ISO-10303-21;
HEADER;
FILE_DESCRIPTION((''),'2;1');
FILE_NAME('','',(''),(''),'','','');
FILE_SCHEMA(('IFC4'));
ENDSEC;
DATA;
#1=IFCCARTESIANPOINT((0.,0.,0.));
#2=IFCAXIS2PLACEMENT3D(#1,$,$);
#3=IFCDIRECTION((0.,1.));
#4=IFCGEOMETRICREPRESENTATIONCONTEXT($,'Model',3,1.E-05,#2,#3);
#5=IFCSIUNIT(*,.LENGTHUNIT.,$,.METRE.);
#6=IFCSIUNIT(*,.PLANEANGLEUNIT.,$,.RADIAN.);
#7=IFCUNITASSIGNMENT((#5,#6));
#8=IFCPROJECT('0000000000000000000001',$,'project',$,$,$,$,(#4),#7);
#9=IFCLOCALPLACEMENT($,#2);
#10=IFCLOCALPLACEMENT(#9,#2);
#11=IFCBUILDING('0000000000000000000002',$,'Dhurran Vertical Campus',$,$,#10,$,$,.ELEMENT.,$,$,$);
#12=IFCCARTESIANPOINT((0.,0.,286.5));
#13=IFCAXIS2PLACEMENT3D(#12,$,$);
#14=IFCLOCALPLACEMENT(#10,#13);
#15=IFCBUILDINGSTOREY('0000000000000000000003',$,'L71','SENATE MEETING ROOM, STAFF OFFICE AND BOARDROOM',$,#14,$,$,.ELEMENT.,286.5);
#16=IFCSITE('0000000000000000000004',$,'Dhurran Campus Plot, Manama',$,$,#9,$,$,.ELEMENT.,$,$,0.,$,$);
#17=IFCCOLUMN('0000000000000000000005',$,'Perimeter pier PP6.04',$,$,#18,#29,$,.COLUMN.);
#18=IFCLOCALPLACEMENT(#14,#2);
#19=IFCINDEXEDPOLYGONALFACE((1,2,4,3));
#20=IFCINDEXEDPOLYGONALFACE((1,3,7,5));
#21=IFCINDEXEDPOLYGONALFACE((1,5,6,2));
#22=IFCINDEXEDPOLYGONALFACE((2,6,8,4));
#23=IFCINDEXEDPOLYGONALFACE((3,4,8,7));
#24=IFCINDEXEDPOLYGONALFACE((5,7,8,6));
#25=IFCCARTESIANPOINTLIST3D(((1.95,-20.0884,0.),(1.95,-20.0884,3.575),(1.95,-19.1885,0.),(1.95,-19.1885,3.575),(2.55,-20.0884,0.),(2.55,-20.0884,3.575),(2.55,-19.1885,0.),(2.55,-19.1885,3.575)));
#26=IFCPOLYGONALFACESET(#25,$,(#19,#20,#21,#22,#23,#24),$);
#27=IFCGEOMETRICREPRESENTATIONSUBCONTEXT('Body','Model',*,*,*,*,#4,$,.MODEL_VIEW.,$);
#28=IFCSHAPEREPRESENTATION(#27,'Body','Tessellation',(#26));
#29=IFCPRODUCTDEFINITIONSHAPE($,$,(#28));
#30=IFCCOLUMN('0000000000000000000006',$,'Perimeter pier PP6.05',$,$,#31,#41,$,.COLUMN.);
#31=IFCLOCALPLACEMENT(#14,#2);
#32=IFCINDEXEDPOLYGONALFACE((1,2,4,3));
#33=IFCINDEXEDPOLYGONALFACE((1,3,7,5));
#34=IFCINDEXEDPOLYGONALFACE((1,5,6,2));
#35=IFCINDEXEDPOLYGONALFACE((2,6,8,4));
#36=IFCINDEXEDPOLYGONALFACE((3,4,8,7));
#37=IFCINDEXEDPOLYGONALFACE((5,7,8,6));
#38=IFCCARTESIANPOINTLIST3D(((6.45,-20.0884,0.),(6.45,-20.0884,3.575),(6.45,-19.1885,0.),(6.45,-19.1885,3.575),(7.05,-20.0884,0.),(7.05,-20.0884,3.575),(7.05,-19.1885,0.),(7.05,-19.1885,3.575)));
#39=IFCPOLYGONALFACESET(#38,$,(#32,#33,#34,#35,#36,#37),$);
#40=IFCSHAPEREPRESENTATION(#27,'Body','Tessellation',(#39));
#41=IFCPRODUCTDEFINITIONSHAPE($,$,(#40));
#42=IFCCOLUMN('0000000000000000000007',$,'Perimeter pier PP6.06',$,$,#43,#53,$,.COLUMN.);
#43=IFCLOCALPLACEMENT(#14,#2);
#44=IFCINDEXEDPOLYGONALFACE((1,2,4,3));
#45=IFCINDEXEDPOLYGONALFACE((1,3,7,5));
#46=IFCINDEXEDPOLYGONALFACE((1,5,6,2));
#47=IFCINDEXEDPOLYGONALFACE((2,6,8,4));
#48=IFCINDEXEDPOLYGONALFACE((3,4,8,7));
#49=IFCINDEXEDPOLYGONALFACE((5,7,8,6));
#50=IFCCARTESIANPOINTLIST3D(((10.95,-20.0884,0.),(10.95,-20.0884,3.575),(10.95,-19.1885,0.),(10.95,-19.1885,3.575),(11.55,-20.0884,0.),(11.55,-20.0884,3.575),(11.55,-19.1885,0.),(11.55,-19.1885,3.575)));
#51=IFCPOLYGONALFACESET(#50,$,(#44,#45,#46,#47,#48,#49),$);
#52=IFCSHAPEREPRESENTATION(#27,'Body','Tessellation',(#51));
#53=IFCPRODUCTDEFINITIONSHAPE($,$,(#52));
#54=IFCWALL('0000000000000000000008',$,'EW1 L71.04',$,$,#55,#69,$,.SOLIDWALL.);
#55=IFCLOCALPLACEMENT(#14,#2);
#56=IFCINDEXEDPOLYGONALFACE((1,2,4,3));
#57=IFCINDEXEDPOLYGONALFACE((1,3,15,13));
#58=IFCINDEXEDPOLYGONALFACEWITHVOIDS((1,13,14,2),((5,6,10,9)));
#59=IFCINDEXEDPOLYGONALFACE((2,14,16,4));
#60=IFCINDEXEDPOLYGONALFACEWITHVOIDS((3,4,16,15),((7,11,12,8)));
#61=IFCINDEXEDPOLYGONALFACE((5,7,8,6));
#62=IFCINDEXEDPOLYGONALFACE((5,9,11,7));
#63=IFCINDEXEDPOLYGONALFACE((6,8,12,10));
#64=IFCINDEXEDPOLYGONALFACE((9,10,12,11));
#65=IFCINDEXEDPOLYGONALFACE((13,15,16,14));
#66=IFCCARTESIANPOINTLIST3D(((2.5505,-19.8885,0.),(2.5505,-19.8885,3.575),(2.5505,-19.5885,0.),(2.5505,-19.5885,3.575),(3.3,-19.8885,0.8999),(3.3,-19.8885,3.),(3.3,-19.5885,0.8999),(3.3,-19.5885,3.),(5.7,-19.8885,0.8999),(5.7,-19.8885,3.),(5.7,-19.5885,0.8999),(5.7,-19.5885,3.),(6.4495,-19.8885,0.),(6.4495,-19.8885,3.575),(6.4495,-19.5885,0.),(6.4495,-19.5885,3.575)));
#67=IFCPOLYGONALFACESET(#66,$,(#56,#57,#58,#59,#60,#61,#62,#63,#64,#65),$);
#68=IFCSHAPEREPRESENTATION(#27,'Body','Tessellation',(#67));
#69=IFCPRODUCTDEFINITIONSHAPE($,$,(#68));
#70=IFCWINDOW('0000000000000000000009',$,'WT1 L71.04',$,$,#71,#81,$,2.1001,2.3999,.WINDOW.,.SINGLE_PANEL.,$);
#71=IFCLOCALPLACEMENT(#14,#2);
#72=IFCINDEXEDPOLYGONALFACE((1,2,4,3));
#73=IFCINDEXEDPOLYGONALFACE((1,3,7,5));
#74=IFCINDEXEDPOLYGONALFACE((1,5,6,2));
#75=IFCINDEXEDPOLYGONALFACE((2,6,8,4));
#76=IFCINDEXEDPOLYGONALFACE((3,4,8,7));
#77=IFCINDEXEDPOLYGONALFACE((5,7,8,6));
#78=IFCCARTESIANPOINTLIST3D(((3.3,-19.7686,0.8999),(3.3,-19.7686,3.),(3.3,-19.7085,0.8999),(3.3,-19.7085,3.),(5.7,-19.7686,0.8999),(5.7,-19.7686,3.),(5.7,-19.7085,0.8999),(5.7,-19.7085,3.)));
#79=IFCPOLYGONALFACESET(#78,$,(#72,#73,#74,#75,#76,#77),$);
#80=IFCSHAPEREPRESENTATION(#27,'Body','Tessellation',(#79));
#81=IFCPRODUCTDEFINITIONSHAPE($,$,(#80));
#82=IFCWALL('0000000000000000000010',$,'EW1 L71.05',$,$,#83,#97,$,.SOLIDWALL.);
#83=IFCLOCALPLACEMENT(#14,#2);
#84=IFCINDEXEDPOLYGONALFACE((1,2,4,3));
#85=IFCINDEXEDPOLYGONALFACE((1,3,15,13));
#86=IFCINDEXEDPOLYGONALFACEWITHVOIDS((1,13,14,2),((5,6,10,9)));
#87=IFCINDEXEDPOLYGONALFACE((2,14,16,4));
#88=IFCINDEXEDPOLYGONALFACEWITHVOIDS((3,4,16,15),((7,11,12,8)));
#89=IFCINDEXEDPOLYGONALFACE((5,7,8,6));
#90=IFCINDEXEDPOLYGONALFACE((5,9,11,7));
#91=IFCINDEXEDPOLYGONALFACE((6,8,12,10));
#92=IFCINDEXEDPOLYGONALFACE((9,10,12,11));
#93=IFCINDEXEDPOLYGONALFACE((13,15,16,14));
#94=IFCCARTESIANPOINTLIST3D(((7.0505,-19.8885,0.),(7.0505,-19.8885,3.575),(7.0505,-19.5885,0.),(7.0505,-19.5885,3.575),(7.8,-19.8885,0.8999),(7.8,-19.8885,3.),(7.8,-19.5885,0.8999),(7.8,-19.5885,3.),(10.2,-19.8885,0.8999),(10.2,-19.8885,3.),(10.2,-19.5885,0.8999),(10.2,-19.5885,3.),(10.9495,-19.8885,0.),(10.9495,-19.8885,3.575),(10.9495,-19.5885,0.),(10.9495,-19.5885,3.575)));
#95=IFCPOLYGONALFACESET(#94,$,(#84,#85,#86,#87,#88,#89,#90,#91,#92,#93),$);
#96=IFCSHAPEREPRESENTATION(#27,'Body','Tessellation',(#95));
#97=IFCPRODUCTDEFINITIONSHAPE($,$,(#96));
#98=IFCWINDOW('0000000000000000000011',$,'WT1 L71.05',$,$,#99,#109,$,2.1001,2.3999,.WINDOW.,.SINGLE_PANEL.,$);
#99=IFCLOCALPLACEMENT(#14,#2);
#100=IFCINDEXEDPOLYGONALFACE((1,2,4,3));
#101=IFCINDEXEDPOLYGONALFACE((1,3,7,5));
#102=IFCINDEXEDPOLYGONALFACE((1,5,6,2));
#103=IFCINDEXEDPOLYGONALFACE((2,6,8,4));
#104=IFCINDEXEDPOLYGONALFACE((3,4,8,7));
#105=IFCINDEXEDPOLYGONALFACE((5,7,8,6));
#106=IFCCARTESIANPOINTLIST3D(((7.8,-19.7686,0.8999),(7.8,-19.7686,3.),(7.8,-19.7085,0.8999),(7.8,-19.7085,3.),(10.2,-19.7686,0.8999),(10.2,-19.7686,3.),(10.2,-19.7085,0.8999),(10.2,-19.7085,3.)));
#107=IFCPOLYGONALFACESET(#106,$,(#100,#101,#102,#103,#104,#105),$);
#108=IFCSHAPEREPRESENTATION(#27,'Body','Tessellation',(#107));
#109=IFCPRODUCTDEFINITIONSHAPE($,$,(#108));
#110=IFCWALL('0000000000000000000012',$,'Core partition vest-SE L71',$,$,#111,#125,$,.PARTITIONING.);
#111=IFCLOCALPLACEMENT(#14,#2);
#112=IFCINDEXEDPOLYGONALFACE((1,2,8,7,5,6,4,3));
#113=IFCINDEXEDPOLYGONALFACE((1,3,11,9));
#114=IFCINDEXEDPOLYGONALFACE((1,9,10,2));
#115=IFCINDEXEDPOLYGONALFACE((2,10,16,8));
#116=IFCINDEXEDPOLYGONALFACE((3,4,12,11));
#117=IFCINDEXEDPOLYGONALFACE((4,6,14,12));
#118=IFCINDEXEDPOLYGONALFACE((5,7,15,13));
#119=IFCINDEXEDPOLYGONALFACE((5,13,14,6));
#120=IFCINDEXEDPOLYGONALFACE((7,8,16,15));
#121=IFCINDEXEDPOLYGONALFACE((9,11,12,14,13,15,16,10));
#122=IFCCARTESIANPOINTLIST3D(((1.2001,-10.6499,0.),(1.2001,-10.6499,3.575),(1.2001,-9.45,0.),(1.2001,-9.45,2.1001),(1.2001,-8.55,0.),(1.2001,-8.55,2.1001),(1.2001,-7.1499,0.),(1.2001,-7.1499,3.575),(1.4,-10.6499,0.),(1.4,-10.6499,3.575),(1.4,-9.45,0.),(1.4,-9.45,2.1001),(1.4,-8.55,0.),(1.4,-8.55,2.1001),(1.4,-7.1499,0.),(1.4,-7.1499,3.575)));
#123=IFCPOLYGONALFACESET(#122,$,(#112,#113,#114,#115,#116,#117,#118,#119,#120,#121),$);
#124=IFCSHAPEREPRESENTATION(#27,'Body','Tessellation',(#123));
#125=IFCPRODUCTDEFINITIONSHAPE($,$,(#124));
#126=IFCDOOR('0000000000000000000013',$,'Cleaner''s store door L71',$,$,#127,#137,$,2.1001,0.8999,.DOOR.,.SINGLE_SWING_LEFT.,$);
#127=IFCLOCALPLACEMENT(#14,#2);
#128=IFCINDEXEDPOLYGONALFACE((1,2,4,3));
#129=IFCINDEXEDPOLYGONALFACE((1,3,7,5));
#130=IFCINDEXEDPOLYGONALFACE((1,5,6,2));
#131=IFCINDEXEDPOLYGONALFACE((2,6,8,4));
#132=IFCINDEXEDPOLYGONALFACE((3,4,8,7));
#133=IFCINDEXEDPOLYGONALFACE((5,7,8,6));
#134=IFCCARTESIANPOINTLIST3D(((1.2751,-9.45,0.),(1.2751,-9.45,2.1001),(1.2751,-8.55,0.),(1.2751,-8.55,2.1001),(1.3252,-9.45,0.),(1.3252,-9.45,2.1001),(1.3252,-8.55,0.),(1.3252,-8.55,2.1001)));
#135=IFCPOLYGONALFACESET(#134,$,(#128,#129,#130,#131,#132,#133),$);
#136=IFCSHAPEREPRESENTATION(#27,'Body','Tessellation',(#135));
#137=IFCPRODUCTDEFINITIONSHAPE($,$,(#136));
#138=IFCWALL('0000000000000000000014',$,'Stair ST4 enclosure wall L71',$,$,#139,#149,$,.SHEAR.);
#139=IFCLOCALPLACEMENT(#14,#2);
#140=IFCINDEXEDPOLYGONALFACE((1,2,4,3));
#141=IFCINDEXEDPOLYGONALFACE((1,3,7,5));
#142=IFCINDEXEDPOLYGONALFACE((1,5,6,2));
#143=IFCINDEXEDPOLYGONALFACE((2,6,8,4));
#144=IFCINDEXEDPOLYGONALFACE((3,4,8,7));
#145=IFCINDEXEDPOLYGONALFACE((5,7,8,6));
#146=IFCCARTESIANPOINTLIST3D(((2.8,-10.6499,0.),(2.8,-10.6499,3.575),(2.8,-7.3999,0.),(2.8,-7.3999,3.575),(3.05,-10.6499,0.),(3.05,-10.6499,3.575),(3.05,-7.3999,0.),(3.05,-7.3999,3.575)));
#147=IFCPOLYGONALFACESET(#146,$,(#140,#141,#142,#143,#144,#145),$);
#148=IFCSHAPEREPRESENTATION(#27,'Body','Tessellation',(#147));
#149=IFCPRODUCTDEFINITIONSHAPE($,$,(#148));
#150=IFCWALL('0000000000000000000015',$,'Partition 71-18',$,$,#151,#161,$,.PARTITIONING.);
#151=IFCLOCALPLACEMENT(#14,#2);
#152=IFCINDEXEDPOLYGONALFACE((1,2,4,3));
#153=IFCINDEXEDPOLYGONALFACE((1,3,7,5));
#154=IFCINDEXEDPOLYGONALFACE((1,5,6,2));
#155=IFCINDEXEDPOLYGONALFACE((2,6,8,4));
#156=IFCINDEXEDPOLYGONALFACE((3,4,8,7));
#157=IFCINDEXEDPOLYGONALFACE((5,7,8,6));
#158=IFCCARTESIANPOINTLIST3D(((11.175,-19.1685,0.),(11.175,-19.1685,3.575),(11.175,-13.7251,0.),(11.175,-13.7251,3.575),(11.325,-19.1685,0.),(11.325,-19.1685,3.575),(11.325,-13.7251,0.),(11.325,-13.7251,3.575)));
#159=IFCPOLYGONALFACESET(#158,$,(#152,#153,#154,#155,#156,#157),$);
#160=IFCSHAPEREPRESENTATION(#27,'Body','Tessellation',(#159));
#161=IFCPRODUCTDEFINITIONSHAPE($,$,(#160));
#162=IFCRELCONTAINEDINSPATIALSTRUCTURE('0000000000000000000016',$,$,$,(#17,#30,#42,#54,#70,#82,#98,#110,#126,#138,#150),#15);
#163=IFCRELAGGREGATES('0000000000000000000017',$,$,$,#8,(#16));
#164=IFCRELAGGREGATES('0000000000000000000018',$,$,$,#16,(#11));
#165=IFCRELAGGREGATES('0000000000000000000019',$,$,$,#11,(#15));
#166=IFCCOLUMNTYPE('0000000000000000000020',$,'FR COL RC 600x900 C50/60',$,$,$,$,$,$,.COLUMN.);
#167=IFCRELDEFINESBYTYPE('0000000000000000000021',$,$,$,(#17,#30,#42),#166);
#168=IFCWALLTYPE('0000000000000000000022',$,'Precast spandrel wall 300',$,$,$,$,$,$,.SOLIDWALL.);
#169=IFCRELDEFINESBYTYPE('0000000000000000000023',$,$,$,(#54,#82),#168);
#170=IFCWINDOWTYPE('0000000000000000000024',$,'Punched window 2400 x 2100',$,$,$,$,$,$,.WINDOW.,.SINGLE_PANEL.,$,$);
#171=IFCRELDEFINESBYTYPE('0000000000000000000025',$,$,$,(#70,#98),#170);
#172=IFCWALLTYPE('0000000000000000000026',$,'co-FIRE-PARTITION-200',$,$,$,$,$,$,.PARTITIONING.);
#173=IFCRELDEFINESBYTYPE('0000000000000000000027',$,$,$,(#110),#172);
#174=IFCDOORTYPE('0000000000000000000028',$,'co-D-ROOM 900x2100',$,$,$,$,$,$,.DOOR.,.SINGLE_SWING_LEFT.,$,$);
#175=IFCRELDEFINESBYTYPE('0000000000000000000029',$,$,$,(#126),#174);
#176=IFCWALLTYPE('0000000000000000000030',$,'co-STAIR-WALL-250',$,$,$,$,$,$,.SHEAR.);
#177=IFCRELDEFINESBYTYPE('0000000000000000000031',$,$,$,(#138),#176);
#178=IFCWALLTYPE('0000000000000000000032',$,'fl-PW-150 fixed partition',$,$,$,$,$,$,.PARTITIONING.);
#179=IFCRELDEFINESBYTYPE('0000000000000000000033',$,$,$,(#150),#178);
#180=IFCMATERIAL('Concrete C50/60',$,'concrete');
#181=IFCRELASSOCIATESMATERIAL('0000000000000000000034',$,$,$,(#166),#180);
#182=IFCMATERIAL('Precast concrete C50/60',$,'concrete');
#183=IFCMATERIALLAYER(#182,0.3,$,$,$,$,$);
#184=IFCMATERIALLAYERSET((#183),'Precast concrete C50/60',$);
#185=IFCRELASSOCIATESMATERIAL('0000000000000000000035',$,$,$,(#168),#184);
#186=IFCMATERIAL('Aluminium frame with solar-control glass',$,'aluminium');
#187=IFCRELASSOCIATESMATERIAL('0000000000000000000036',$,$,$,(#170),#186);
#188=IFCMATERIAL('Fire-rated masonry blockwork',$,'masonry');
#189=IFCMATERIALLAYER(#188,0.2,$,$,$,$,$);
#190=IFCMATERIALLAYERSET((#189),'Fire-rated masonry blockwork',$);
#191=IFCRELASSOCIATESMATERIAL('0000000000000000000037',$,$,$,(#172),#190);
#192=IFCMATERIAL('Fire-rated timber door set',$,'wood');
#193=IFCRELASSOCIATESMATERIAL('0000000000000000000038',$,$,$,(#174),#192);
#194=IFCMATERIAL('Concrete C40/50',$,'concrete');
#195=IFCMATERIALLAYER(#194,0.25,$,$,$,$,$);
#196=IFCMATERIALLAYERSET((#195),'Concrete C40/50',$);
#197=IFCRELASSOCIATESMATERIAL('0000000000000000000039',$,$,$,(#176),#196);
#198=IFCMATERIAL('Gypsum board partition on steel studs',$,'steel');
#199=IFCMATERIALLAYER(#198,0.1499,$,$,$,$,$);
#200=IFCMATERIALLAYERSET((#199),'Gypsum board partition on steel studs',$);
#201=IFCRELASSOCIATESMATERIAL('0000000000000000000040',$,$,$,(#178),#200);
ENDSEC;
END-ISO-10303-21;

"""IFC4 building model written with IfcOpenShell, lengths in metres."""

from ifc_helpers import new_model, si_unit, direction, frame, frame_2d, origin, origin_2d, place, context, subcontext, project, spatial, rectangle, extrude, material, layer, layer_set, material_profile, profile_set, type_object, element, fill, save


model = new_model("IFC4")

# Units and contexts
model_context = context("Model", 3, precision=1e-05, world=origin(), true_north=direction((0.0, 1.0)))
body_context = subcontext(model_context, "Body", "Model", "MODEL_VIEW")
ifc_project = project(units=[si_unit("LENGTHUNIT", "METRE"), si_unit("PLANEANGLEUNIT", "RADIAN")], contexts=[model_context])

# Site, building, storey
site_placement = place(None, origin())
site = spatial("IfcSite", under=ifc_project, at=site_placement, Name="Dhurran Campus Plot, Manama", CompositionType="ELEMENT", RefElevation=0.0)
building_placement = place(site_placement, origin())
building = spatial("IfcBuilding", under=site, at=building_placement, Name="Dhurran Vertical Campus", CompositionType="ELEMENT")
storey_placement = place(building_placement, frame((0.0, 0.0, 286.5)))
storey = spatial("IfcBuildingStorey", under=building, at=storey_placement, Name="L71", Description="SENATE MEETING ROOM, STAFF OFFICE AND BOARDROOM", CompositionType="ELEMENT", Elevation=286.5)

# Columns
ifc_material_1 = material(Name="Concrete C50/60", Category="concrete")
ifc_material_profile = material_profile(ifc_material_1, rectangle(XDim=0.6001, YDim=0.8999, at=origin_2d()), Name="RC 600x900")
ifc_profile_set = profile_set([ifc_material_profile], Name="Concrete C50/60")
column_type = type_object("IfcColumnType", Name="FR COL RC 600x900 C50/60", PredefinedType="COLUMN", material=ifc_profile_set)
for number, where, z_axis, x_axis, name in (
    (1, (2.25, -19.6384, 0.0), (0.0, 0.0, 1.0), (1.0, 0.0, 0.0), "Perimeter pier PP6.04"),
    (2, (6.75, -19.6384, 0.0), (0.0, 0.0, 1.0), (1.0, 0.0, 0.0), "Perimeter pier PP6.05"),
    (3, (11.25, -19.6384, 0.0), (0.0, 0.0, 1.0), (1.0, 0.0, 0.0), "Perimeter pier PP6.06"),
):
    element("IfcColumn", number, at=place(storey_placement, frame(where, z_axis=z_axis, x_axis=x_axis)), inside=storey, type_object=column_type, Name=name, PredefinedType="COLUMN", context=body_context, shape_type="SweptSolid", body=[
        extrude(rectangle(XDim=0.6001, YDim=0.8999, at=origin_2d()), origin(), (0.0, 0.0, 1.0), 3.575),
    ])

# Walls, openings, windows
ifc_material_2 = material(Name="Precast concrete C50/60", Category="concrete")
ifc_layer_1 = layer(ifc_material_2, 0.3)
ifc_layer_set_1 = layer_set([ifc_layer_1], Name="Precast concrete C50/60")
wall_type_1 = type_object("IfcWallType", Name="Precast spandrel wall 300", PredefinedType="SOLIDWALL", material=ifc_layer_set_1)
wall_1_placement = place(storey_placement, frame((2.5505, -19.7385, 0.0), z_axis=(0.0, 0.0, 1.0), x_axis=(1.0, 0.0, 0.0)))
wall_1 = element("IfcWall", 4, at=wall_1_placement, inside=storey, type_object=wall_type_1, Name="EW1 L71.04", PredefinedType="SOLIDWALL", context=body_context, shape_type="SweptSolid", body=[
    extrude(rectangle(XDim=3.8989, YDim=0.3, at=frame_2d((1.9495, 0.0))), origin(), (0.0, 0.0, 1.0), 3.575),
])
opening_1_placement = place(wall_1_placement, frame((0.7495, 0.0, 0.8999)))
opening_1 = element("IfcOpeningElement", 5, at=opening_1_placement, cuts=wall_1, PredefinedType="OPENING", context=body_context, shape_type="SweptSolid", body=[
    extrude(rectangle(XDim=2.3999, YDim=2.1001, at=frame_2d((1.2, 1.05))), frame((0.0, 0.1599, 0.0), z_axis=(0.0, -1.0, 0.0), x_axis=(1.0, 0.0, 0.0)), (0.0, 0.0, 1.0), 0.3201),
])
ifc_material_3 = material(Name="Aluminium frame with solar-control glass", Category="aluminium")
window_type = type_object("IfcWindowType", Name="Punched window 2400 x 2100", PartitioningType="SINGLE_PANEL", PredefinedType="WINDOW", material=ifc_material_3)
window_1_placement = place(opening_1_placement, origin())
window_1 = element("IfcWindow", 6, at=window_1_placement, inside=storey, type_object=window_type, Name="WT1 L71.04", OverallHeight=2.1001, OverallWidth=2.3999, PartitioningType="SINGLE_PANEL", PredefinedType="WINDOW", context=body_context, shape_type="SweptSolid", body=[
    extrude(rectangle(XDim=2.3999, YDim=2.1001, at=frame_2d((1.2, 1.05))), frame((0.0, 0.03, 0.0), z_axis=(0.0, -1.0, 0.0), x_axis=(1.0, 0.0, 0.0)), (0.0, 0.0, 1.0), 0.0601),
])
fill(opening_1, window_1)
wall_2_placement = place(storey_placement, frame((7.0505, -19.7385, 0.0), z_axis=(0.0, 0.0, 1.0), x_axis=(1.0, 0.0, 0.0)))
wall_2 = element("IfcWall", 7, at=wall_2_placement, inside=storey, type_object=wall_type_1, Name="EW1 L71.05", PredefinedType="SOLIDWALL", context=body_context, shape_type="SweptSolid", body=[
    extrude(rectangle(XDim=3.8989, YDim=0.3, at=frame_2d((1.9495, 0.0))), origin(), (0.0, 0.0, 1.0), 3.575),
])
opening_2_placement = place(wall_2_placement, frame((0.7495, 0.0, 0.8999)))
opening_2 = element("IfcOpeningElement", 8, at=opening_2_placement, cuts=wall_2, PredefinedType="OPENING", context=body_context, shape_type="SweptSolid", body=[
    extrude(rectangle(XDim=2.3999, YDim=2.1001, at=frame_2d((1.2, 1.05))), frame((0.0, 0.1599, 0.0), z_axis=(0.0, -1.0, 0.0), x_axis=(1.0, 0.0, 0.0)), (0.0, 0.0, 1.0), 0.3201),
])
window_2_placement = place(opening_2_placement, origin())
window_2 = element("IfcWindow", 9, at=window_2_placement, inside=storey, type_object=window_type, Name="WT1 L71.05", OverallHeight=2.1001, OverallWidth=2.3999, PartitioningType="SINGLE_PANEL", PredefinedType="WINDOW", context=body_context, shape_type="SweptSolid", body=[
    extrude(rectangle(XDim=2.3999, YDim=2.1001, at=frame_2d((1.2, 1.05))), frame((0.0, 0.03, 0.0), z_axis=(0.0, -1.0, 0.0), x_axis=(1.0, 0.0, 0.0)), (0.0, 0.0, 1.0), 0.0601),
])
fill(opening_2, window_2)

# Wall, opening, door
ifc_material_4 = material(Name="Fire-rated masonry blockwork", Category="masonry")
ifc_layer_2 = layer(ifc_material_4, 0.2)
ifc_layer_set_2 = layer_set([ifc_layer_2], Name="Fire-rated masonry blockwork")
wall_type_2 = type_object("IfcWallType", Name="co-FIRE-PARTITION-200", PredefinedType="PARTITIONING", material=ifc_layer_set_2)
wall_3_placement = place(storey_placement, frame((1.3, -10.6499, 0.0), z_axis=(0.0, 0.0, 1.0), x_axis=(0.0, 1.0, 0.0)))
wall_3 = element("IfcWall", 10, at=wall_3_placement, inside=storey, type_object=wall_type_2, Name="Core partition vest-SE L71", PredefinedType="PARTITIONING", context=body_context, shape_type="SweptSolid", body=[
    extrude(rectangle(XDim=3.5, YDim=0.2, at=frame_2d((1.75, 0.0))), origin(), (0.0, 0.0, 1.0), 3.575),
])
opening_3_placement = place(wall_3_placement, frame((1.2, 0.0, 0.0)))
opening_3 = element("IfcOpeningElement", 11, at=opening_3_placement, cuts=wall_3, PredefinedType="OPENING", context=body_context, shape_type="SweptSolid", body=[
    extrude(rectangle(XDim=0.8999, YDim=2.1001, at=frame_2d((0.45, 1.05))), frame((0.0, 0.1099, 0.0), z_axis=(0.0, -1.0, 0.0), x_axis=(1.0, 0.0, 0.0)), (0.0, 0.0, 1.0), 0.22),
])
ifc_material_5 = material(Name="Fire-rated timber door set", Category="wood")
door_type = type_object("IfcDoorType", Name="co-D-ROOM 900x2100", OperationType="SINGLE_SWING_LEFT", PredefinedType="DOOR", material=ifc_material_5)
door_placement = place(opening_3_placement, origin())
door = element("IfcDoor", 12, at=door_placement, inside=storey, type_object=door_type, Name="Cleaner's store door L71", OperationType="SINGLE_SWING_LEFT", OverallHeight=2.1001, OverallWidth=0.8999, PredefinedType="DOOR", context=body_context, shape_type="SweptSolid", body=[
    extrude(rectangle(XDim=0.8999, YDim=2.1001, at=frame_2d((0.45, 1.05))), frame((0.0, 0.0249, 0.0), z_axis=(0.0, -1.0, 0.0), x_axis=(1.0, 0.0, 0.0)), (0.0, 0.0, 1.0), 0.05),
])
fill(opening_3, door)

# Walls
ifc_material_6 = material(Name="Concrete C40/50", Category="concrete")
ifc_layer_3 = layer(ifc_material_6, 0.25)
ifc_layer_set_3 = layer_set([ifc_layer_3], Name="Concrete C40/50")
wall_type_3 = type_object("IfcWallType", Name="co-STAIR-WALL-250", PredefinedType="SHEAR", material=ifc_layer_set_3)
wall_4_placement = place(storey_placement, frame((2.925, -10.6499, 0.0), z_axis=(0.0, 0.0, 1.0), x_axis=(0.0, 1.0, 0.0)))
element("IfcWall", 13, at=wall_4_placement, inside=storey, type_object=wall_type_3, Name="Stair ST4 enclosure wall L71", PredefinedType="SHEAR", context=body_context, shape_type="SweptSolid", body=[
    extrude(rectangle(XDim=3.25, YDim=0.25, at=frame_2d((1.625, 0.0))), origin(), (0.0, 0.0, 1.0), 3.575),
])
ifc_material_7 = material(Name="Gypsum board partition on steel studs", Category="steel")
ifc_layer_4 = layer(ifc_material_7, 0.1499)
ifc_layer_set_4 = layer_set([ifc_layer_4], Name="Gypsum board partition on steel studs")
wall_type_4 = type_object("IfcWallType", Name="fl-PW-150 fixed partition", PredefinedType="PARTITIONING", material=ifc_layer_set_4)
wall_5_placement = place(storey_placement, frame((11.25, -13.7251, 0.0), z_axis=(0.0, 0.0, 1.0), x_axis=(0.0, -1.0, 0.0)))
element("IfcWall", 14, at=wall_5_placement, inside=storey, type_object=wall_type_4, Name="Partition 71-18", PredefinedType="PARTITIONING", context=body_context, shape_type="SweptSolid", body=[
    extrude(rectangle(XDim=5.4434, YDim=0.1499, at=frame_2d((2.7217, 0.0))), origin(), (0.0, 0.0, 1.0), 3.575),
])

save(model, "model.ifc")
